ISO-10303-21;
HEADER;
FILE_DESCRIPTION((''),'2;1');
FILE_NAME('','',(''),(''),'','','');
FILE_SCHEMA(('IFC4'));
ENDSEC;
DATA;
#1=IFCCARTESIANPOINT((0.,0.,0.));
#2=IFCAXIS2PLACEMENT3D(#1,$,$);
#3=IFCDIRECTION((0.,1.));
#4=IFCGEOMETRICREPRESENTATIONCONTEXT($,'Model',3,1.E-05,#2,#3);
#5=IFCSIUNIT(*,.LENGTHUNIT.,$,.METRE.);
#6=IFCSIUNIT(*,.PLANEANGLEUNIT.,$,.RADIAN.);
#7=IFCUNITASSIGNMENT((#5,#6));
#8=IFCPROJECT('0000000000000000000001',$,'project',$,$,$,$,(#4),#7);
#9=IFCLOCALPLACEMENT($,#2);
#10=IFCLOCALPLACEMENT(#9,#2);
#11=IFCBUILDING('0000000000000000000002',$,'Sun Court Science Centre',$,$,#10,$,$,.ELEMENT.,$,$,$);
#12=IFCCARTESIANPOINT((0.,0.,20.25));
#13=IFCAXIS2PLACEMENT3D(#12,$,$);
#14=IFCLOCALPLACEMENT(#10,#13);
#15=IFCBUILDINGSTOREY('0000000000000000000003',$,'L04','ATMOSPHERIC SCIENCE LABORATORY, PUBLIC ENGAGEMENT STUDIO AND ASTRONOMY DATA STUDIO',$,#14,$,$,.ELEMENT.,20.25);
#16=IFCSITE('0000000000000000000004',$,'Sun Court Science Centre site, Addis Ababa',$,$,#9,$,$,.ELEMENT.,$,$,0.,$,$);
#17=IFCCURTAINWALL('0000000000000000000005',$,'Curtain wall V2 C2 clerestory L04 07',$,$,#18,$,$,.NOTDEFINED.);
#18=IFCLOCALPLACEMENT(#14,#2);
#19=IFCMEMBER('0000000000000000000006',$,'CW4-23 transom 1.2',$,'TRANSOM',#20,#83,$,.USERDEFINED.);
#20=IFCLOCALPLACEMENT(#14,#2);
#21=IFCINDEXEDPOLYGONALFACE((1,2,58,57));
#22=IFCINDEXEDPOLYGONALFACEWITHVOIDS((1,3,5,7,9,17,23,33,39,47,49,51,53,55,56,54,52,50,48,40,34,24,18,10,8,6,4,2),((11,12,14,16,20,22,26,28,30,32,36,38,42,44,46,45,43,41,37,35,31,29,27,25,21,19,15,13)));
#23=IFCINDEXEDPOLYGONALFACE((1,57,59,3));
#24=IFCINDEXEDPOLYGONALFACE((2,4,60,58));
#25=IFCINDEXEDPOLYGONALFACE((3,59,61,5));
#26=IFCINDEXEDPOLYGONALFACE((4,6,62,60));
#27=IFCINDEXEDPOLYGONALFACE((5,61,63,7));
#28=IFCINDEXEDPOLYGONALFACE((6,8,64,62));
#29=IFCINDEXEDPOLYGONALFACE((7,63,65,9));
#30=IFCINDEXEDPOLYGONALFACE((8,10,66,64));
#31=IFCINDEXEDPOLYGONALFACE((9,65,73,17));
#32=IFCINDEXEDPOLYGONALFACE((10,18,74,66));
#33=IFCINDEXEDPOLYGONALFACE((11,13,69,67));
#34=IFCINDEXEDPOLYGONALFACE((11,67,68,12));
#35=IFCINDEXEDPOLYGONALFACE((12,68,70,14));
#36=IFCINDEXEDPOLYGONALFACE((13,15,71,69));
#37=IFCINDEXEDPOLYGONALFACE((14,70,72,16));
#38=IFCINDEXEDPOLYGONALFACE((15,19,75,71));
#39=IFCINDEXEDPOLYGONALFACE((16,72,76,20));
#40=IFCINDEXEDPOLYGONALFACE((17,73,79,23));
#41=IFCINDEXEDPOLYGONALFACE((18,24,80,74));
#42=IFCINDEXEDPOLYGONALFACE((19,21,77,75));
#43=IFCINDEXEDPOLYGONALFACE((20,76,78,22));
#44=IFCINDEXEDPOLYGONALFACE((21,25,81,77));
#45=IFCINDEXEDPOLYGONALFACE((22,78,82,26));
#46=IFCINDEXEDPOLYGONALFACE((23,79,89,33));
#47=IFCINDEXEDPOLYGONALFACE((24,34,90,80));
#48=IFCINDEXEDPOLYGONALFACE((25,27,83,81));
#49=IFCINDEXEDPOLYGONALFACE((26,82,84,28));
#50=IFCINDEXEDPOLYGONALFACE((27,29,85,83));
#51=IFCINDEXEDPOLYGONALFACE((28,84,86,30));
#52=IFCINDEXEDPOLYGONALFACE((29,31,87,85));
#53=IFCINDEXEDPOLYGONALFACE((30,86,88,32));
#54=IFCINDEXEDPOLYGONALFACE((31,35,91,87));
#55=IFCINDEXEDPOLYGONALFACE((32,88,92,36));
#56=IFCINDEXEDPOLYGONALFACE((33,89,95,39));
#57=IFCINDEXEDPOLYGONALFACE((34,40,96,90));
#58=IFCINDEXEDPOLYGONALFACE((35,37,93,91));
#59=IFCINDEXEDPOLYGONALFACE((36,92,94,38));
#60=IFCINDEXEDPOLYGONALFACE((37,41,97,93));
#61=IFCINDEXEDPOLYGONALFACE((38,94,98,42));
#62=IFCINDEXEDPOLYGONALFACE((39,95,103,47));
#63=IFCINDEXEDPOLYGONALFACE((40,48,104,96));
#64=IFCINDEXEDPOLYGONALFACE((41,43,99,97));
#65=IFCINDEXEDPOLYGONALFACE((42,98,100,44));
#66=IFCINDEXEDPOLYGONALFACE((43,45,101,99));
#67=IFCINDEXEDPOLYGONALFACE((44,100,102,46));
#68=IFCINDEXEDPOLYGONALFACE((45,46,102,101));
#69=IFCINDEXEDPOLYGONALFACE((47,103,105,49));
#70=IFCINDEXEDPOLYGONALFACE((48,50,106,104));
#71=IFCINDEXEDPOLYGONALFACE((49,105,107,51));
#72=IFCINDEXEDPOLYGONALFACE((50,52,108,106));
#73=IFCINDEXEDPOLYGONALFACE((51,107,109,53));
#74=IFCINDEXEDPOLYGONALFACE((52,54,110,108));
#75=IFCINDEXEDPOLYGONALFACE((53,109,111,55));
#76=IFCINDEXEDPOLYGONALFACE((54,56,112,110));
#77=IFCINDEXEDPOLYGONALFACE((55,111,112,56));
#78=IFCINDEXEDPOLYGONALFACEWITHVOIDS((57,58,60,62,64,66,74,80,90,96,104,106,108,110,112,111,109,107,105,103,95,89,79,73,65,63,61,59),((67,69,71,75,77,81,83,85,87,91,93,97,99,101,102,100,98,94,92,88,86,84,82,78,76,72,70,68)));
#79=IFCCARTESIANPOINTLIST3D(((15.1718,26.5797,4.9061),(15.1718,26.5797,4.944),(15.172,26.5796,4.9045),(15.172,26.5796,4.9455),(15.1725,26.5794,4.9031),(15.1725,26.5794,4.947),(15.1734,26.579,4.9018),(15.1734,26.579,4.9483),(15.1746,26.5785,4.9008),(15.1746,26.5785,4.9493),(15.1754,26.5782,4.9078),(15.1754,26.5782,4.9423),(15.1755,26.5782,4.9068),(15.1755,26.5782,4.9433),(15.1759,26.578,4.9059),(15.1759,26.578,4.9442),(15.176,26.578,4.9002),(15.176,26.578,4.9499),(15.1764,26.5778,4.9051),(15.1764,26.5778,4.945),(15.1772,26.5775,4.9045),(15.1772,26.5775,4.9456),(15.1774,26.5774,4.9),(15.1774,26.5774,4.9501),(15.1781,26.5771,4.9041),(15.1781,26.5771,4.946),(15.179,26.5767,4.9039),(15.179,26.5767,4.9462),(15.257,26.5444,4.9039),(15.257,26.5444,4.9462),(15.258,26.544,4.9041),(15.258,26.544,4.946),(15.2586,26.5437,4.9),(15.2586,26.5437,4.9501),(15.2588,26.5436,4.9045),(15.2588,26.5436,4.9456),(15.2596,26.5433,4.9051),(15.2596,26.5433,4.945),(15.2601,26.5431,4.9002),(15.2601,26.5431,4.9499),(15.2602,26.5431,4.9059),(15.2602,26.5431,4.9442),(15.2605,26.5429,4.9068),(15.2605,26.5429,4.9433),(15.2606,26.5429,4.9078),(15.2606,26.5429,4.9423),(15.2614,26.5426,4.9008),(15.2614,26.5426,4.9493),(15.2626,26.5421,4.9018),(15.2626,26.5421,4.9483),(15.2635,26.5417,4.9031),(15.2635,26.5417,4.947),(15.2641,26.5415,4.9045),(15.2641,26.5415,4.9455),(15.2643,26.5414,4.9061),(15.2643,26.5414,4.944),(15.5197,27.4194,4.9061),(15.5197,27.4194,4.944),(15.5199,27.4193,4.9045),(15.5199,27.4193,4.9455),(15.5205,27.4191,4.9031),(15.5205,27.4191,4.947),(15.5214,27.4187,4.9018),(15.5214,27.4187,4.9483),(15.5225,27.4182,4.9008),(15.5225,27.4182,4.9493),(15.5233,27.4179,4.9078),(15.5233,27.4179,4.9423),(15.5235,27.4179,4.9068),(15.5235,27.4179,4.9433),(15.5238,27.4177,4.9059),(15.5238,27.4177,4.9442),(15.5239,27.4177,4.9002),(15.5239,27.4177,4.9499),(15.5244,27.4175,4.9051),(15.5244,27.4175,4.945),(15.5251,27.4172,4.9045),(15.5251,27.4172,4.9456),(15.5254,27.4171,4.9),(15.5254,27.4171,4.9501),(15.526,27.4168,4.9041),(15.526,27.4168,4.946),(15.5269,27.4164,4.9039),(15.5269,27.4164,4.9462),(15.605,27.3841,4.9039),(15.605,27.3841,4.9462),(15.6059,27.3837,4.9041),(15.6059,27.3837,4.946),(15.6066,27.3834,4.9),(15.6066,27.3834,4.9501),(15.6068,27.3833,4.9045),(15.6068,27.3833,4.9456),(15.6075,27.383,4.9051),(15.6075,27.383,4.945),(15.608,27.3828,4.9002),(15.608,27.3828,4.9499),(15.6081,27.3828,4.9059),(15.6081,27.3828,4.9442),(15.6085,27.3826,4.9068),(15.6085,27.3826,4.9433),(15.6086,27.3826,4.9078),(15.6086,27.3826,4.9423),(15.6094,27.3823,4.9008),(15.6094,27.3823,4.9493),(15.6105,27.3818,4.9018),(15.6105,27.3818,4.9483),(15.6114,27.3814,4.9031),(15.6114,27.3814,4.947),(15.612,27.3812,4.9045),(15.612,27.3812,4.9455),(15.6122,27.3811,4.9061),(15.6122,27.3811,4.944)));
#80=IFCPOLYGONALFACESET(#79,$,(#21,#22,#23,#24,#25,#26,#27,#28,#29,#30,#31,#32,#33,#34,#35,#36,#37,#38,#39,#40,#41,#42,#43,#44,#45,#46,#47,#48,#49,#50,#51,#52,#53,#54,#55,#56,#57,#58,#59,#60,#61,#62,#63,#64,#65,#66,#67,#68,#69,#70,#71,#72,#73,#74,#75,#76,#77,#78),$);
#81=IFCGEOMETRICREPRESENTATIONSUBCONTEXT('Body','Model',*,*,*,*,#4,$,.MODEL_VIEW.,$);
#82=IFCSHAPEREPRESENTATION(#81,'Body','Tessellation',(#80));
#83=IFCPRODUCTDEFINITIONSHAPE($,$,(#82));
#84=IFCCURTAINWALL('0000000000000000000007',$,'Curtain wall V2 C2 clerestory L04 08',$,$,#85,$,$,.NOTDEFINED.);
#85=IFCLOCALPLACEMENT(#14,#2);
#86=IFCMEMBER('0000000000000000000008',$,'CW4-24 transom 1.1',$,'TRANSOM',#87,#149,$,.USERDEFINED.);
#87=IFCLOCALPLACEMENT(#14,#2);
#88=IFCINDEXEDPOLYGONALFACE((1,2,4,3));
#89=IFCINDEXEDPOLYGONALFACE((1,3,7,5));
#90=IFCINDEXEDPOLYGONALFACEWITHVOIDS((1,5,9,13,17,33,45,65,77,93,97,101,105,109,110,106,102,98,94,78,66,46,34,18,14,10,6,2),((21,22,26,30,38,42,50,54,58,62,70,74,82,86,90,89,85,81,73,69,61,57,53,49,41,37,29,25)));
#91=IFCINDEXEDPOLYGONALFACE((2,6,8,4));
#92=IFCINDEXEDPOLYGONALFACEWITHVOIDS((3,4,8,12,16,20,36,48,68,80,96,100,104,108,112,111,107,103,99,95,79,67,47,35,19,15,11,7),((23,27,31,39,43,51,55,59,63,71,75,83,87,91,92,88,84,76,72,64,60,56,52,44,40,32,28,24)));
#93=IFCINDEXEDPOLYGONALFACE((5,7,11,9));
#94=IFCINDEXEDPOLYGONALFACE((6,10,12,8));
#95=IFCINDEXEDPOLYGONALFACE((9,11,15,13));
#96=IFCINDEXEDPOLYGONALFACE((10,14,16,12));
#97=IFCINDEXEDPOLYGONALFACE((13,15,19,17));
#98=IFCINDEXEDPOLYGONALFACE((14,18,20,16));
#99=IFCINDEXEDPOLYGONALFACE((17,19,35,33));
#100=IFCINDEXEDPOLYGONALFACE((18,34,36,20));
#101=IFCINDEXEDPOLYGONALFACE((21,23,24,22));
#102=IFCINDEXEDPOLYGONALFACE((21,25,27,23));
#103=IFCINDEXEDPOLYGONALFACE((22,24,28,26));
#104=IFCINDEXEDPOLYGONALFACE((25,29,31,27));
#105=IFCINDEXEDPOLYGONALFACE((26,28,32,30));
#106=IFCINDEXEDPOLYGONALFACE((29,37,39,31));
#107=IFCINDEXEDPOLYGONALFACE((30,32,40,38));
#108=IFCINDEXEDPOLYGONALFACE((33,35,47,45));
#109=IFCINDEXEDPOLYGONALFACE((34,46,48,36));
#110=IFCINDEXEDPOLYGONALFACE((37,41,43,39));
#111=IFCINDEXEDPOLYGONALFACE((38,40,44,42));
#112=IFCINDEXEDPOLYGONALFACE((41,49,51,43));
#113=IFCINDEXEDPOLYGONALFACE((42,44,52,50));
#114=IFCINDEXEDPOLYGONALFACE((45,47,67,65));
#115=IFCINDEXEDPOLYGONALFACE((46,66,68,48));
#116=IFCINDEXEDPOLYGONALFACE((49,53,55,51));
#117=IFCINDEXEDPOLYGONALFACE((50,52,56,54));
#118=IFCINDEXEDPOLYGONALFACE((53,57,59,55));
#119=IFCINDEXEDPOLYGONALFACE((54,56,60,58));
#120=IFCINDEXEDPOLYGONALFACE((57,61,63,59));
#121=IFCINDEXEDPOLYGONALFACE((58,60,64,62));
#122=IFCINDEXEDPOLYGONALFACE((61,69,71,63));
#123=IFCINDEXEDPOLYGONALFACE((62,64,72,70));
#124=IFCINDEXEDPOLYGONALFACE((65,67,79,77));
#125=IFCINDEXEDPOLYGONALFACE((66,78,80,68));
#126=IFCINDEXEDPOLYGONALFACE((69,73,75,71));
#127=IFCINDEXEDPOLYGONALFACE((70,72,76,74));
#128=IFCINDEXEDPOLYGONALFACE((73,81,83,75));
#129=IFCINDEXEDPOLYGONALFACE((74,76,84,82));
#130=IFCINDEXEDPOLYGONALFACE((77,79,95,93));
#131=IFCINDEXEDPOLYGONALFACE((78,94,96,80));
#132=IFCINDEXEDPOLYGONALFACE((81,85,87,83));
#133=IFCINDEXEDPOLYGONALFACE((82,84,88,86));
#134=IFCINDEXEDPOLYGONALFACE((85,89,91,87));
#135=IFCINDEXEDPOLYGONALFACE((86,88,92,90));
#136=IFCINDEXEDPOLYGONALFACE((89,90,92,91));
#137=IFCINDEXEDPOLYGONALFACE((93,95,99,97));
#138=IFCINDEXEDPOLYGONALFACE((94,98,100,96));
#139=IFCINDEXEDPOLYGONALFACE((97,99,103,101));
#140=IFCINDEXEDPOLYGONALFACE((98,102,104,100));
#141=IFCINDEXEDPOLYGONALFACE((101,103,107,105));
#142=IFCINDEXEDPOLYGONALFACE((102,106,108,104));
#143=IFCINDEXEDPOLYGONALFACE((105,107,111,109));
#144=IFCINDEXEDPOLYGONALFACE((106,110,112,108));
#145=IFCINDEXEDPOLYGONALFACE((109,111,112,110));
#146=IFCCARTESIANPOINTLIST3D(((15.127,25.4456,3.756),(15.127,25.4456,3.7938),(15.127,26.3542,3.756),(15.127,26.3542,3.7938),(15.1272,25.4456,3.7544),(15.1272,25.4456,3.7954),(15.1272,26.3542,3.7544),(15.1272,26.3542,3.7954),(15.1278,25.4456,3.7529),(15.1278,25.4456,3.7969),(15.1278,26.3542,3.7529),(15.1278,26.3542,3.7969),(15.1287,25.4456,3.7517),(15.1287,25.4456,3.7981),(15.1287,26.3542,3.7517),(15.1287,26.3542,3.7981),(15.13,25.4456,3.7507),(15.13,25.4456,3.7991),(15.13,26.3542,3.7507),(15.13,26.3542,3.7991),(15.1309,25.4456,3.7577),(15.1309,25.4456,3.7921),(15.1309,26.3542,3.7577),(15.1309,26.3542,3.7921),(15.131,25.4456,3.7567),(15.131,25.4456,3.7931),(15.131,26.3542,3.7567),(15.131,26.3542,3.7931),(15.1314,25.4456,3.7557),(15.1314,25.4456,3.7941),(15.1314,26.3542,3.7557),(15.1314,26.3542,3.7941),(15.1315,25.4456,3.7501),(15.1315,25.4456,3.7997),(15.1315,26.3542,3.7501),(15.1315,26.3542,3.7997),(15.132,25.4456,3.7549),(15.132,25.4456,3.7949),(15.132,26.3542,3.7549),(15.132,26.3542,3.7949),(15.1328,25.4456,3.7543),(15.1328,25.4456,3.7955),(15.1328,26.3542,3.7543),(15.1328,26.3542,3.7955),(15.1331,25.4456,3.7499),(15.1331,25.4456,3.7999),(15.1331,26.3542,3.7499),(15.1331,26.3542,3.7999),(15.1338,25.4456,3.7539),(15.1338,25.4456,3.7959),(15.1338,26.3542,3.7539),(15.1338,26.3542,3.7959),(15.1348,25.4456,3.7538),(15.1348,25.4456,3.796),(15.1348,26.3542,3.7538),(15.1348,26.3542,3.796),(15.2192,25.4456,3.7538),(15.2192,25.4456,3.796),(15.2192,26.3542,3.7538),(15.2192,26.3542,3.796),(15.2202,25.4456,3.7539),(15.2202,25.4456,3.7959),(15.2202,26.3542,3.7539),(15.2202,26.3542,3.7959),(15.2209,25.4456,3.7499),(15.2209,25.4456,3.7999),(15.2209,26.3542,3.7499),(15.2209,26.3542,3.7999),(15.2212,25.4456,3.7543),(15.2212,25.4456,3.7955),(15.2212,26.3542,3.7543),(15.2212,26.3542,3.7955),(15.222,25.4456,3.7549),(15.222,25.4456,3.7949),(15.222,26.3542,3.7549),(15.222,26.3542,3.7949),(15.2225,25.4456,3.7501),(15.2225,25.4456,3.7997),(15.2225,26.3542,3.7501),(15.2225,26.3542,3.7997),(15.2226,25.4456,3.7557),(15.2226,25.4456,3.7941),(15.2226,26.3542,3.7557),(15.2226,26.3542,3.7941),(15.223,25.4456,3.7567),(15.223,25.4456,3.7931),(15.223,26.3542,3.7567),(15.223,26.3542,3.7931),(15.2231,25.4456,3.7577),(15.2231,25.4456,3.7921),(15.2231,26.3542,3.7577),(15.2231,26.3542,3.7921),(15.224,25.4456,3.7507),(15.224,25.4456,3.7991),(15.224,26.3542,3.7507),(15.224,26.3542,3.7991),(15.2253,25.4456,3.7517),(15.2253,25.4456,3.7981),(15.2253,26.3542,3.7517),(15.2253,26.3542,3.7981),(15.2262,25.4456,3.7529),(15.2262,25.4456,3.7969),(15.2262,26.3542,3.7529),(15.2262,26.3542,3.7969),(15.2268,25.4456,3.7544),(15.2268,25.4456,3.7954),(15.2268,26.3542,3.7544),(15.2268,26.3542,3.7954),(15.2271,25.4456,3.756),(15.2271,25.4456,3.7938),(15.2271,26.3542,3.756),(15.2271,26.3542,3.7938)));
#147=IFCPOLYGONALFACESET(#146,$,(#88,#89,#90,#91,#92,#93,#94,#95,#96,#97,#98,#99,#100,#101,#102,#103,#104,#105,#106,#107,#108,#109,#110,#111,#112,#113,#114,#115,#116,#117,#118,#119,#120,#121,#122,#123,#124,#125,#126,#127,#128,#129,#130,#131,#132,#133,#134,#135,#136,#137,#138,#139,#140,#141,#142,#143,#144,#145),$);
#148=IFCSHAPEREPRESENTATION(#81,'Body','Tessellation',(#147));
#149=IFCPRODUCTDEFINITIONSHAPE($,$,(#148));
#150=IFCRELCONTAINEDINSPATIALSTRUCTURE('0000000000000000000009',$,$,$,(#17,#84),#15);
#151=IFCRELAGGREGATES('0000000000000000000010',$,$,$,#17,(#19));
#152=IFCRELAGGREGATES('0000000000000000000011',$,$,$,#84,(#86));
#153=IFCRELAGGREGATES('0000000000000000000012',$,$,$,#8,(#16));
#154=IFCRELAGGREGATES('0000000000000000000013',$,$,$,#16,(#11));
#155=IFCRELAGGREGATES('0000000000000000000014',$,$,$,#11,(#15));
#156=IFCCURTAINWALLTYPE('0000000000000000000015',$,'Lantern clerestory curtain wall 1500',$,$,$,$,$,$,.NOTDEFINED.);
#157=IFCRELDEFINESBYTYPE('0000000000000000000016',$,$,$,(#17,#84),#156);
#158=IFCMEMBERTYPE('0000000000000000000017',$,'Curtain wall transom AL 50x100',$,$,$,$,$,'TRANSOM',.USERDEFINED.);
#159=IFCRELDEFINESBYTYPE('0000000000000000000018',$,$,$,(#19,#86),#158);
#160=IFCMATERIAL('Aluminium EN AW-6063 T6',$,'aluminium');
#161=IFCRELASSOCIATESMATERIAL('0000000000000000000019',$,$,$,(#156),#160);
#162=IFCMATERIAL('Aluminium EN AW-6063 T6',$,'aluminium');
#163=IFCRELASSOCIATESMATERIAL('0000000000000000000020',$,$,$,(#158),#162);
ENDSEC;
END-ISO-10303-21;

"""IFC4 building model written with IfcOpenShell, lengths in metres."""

from ifc_helpers import new_model, si_unit, direction, frame, origin, origin_2d, place, context, subcontext, project, spatial, hollow_rectangle, extrude, material, material_profile, profile_set, type_object, element, aggregate, save


model = new_model("IFC4")

# Units and contexts
model_context = context("Model", 3, precision=1e-05, world=origin(), true_north=direction((0.0, 1.0)))
body_context = subcontext(model_context, "Body", "Model", "MODEL_VIEW")
ifc_project = project(units=[si_unit("LENGTHUNIT", "METRE"), si_unit("PLANEANGLEUNIT", "RADIAN")], contexts=[model_context])

# Site, building, storey
site_placement = place(None, origin())
site = spatial("IfcSite", under=ifc_project, at=site_placement, Name="Sun Court Science Centre site, Addis Ababa", CompositionType="ELEMENT", RefElevation=0.0)
building_placement = place(site_placement, origin())
building = spatial("IfcBuilding", under=site, at=building_placement, Name="Sun Court Science Centre", CompositionType="ELEMENT")
storey_placement = place(building_placement, frame((0.0, 0.0, 20.25)))
storey = spatial("IfcBuildingStorey", under=building, at=storey_placement, Name="L04", Description="ATMOSPHERIC SCIENCE LABORATORY, PUBLIC ENGAGEMENT STUDIO AND ASTRONOMY DATA STUDIO", CompositionType="ELEMENT", Elevation=20.25)

# Curtain walls, members
ifc_material_1 = material(Name="Aluminium EN AW-6063 T6", Category="aluminium")
curtain_wall_type = type_object("IfcCurtainWallType", Name="Lantern clerestory curtain wall 1500", PredefinedType="NOTDEFINED", material=ifc_material_1)
ifc_material_2 = material(Name="Aluminium EN AW-6063 T6", Category="aluminium")
ifc_material_profile_1 = material_profile(ifc_material_2, hollow_rectangle(XDim=0.05, YDim=0.1001, WallThickness=0.0039, InnerFilletRadius=0.0039, OuterFilletRadius=0.0061, at=origin_2d()), Name="AL 50x100x4")
ifc_profile_set_1 = profile_set([ifc_material_profile_1], Name="Aluminium EN AW-6063 T6")
member_type_1 = type_object("IfcMemberType", Name="Curtain wall transom AL 50x100", ElementType="TRANSOM", PredefinedType="USERDEFINED", material=ifc_profile_set_1)
curtain_wall_1_placement = place(storey_placement, origin())
curtain_wall_1 = element("IfcCurtainWall", 1, at=curtain_wall_1_placement, inside=storey, type_object=curtain_wall_type, Name="Curtain wall V2 C2 clerestory L04 07", PredefinedType="NOTDEFINED")
member_1_placement = place(storey_placement, frame((15.218, 26.5605, 4.925), z_axis=(0.382803, 0.92383, 0.0), x_axis=(0.0, 0.0, 1.0)))
member_1 = element("IfcMember", 2, at=member_1_placement, type_object=member_type_1, Name="CW4-23 transom 1.2", ObjectType="TRANSOM", PredefinedType="USERDEFINED", context=body_context, shape_type="SweptSolid", body=[
    extrude(hollow_rectangle(XDim=0.05, YDim=0.1001, WallThickness=0.0039, InnerFilletRadius=0.0039, OuterFilletRadius=0.0061, at=origin_2d()), origin(), (0.0, 0.0, 1.0), 0.9089),
])
curtain_wall_2_placement = place(storey_placement, origin())
curtain_wall_2 = element("IfcCurtainWall", 3, at=curtain_wall_2_placement, inside=storey, type_object=curtain_wall_type, Name="Curtain wall V2 C2 clerestory L04 08", PredefinedType="NOTDEFINED")
member_2_placement = place(storey_placement, frame((15.177, 25.4456, 3.7749), z_axis=(0.0, 1.0, 0.0), x_axis=(0.0, 0.0, 1.0)))
member_2 = element("IfcMember", 4, at=member_2_placement, type_object=member_type_1, Name="CW4-24 transom 1.1", ObjectType="TRANSOM", PredefinedType="USERDEFINED", context=body_context, shape_type="SweptSolid", body=[
    extrude(hollow_rectangle(XDim=0.05, YDim=0.1001, WallThickness=0.0039, InnerFilletRadius=0.0039, OuterFilletRadius=0.0061, at=origin_2d()), origin(), (0.0, 0.0, 1.0), 0.9087),
])

aggregate(curtain_wall_1, [member_1])
aggregate(curtain_wall_2, [member_2])

save(model, "model.ifc")
